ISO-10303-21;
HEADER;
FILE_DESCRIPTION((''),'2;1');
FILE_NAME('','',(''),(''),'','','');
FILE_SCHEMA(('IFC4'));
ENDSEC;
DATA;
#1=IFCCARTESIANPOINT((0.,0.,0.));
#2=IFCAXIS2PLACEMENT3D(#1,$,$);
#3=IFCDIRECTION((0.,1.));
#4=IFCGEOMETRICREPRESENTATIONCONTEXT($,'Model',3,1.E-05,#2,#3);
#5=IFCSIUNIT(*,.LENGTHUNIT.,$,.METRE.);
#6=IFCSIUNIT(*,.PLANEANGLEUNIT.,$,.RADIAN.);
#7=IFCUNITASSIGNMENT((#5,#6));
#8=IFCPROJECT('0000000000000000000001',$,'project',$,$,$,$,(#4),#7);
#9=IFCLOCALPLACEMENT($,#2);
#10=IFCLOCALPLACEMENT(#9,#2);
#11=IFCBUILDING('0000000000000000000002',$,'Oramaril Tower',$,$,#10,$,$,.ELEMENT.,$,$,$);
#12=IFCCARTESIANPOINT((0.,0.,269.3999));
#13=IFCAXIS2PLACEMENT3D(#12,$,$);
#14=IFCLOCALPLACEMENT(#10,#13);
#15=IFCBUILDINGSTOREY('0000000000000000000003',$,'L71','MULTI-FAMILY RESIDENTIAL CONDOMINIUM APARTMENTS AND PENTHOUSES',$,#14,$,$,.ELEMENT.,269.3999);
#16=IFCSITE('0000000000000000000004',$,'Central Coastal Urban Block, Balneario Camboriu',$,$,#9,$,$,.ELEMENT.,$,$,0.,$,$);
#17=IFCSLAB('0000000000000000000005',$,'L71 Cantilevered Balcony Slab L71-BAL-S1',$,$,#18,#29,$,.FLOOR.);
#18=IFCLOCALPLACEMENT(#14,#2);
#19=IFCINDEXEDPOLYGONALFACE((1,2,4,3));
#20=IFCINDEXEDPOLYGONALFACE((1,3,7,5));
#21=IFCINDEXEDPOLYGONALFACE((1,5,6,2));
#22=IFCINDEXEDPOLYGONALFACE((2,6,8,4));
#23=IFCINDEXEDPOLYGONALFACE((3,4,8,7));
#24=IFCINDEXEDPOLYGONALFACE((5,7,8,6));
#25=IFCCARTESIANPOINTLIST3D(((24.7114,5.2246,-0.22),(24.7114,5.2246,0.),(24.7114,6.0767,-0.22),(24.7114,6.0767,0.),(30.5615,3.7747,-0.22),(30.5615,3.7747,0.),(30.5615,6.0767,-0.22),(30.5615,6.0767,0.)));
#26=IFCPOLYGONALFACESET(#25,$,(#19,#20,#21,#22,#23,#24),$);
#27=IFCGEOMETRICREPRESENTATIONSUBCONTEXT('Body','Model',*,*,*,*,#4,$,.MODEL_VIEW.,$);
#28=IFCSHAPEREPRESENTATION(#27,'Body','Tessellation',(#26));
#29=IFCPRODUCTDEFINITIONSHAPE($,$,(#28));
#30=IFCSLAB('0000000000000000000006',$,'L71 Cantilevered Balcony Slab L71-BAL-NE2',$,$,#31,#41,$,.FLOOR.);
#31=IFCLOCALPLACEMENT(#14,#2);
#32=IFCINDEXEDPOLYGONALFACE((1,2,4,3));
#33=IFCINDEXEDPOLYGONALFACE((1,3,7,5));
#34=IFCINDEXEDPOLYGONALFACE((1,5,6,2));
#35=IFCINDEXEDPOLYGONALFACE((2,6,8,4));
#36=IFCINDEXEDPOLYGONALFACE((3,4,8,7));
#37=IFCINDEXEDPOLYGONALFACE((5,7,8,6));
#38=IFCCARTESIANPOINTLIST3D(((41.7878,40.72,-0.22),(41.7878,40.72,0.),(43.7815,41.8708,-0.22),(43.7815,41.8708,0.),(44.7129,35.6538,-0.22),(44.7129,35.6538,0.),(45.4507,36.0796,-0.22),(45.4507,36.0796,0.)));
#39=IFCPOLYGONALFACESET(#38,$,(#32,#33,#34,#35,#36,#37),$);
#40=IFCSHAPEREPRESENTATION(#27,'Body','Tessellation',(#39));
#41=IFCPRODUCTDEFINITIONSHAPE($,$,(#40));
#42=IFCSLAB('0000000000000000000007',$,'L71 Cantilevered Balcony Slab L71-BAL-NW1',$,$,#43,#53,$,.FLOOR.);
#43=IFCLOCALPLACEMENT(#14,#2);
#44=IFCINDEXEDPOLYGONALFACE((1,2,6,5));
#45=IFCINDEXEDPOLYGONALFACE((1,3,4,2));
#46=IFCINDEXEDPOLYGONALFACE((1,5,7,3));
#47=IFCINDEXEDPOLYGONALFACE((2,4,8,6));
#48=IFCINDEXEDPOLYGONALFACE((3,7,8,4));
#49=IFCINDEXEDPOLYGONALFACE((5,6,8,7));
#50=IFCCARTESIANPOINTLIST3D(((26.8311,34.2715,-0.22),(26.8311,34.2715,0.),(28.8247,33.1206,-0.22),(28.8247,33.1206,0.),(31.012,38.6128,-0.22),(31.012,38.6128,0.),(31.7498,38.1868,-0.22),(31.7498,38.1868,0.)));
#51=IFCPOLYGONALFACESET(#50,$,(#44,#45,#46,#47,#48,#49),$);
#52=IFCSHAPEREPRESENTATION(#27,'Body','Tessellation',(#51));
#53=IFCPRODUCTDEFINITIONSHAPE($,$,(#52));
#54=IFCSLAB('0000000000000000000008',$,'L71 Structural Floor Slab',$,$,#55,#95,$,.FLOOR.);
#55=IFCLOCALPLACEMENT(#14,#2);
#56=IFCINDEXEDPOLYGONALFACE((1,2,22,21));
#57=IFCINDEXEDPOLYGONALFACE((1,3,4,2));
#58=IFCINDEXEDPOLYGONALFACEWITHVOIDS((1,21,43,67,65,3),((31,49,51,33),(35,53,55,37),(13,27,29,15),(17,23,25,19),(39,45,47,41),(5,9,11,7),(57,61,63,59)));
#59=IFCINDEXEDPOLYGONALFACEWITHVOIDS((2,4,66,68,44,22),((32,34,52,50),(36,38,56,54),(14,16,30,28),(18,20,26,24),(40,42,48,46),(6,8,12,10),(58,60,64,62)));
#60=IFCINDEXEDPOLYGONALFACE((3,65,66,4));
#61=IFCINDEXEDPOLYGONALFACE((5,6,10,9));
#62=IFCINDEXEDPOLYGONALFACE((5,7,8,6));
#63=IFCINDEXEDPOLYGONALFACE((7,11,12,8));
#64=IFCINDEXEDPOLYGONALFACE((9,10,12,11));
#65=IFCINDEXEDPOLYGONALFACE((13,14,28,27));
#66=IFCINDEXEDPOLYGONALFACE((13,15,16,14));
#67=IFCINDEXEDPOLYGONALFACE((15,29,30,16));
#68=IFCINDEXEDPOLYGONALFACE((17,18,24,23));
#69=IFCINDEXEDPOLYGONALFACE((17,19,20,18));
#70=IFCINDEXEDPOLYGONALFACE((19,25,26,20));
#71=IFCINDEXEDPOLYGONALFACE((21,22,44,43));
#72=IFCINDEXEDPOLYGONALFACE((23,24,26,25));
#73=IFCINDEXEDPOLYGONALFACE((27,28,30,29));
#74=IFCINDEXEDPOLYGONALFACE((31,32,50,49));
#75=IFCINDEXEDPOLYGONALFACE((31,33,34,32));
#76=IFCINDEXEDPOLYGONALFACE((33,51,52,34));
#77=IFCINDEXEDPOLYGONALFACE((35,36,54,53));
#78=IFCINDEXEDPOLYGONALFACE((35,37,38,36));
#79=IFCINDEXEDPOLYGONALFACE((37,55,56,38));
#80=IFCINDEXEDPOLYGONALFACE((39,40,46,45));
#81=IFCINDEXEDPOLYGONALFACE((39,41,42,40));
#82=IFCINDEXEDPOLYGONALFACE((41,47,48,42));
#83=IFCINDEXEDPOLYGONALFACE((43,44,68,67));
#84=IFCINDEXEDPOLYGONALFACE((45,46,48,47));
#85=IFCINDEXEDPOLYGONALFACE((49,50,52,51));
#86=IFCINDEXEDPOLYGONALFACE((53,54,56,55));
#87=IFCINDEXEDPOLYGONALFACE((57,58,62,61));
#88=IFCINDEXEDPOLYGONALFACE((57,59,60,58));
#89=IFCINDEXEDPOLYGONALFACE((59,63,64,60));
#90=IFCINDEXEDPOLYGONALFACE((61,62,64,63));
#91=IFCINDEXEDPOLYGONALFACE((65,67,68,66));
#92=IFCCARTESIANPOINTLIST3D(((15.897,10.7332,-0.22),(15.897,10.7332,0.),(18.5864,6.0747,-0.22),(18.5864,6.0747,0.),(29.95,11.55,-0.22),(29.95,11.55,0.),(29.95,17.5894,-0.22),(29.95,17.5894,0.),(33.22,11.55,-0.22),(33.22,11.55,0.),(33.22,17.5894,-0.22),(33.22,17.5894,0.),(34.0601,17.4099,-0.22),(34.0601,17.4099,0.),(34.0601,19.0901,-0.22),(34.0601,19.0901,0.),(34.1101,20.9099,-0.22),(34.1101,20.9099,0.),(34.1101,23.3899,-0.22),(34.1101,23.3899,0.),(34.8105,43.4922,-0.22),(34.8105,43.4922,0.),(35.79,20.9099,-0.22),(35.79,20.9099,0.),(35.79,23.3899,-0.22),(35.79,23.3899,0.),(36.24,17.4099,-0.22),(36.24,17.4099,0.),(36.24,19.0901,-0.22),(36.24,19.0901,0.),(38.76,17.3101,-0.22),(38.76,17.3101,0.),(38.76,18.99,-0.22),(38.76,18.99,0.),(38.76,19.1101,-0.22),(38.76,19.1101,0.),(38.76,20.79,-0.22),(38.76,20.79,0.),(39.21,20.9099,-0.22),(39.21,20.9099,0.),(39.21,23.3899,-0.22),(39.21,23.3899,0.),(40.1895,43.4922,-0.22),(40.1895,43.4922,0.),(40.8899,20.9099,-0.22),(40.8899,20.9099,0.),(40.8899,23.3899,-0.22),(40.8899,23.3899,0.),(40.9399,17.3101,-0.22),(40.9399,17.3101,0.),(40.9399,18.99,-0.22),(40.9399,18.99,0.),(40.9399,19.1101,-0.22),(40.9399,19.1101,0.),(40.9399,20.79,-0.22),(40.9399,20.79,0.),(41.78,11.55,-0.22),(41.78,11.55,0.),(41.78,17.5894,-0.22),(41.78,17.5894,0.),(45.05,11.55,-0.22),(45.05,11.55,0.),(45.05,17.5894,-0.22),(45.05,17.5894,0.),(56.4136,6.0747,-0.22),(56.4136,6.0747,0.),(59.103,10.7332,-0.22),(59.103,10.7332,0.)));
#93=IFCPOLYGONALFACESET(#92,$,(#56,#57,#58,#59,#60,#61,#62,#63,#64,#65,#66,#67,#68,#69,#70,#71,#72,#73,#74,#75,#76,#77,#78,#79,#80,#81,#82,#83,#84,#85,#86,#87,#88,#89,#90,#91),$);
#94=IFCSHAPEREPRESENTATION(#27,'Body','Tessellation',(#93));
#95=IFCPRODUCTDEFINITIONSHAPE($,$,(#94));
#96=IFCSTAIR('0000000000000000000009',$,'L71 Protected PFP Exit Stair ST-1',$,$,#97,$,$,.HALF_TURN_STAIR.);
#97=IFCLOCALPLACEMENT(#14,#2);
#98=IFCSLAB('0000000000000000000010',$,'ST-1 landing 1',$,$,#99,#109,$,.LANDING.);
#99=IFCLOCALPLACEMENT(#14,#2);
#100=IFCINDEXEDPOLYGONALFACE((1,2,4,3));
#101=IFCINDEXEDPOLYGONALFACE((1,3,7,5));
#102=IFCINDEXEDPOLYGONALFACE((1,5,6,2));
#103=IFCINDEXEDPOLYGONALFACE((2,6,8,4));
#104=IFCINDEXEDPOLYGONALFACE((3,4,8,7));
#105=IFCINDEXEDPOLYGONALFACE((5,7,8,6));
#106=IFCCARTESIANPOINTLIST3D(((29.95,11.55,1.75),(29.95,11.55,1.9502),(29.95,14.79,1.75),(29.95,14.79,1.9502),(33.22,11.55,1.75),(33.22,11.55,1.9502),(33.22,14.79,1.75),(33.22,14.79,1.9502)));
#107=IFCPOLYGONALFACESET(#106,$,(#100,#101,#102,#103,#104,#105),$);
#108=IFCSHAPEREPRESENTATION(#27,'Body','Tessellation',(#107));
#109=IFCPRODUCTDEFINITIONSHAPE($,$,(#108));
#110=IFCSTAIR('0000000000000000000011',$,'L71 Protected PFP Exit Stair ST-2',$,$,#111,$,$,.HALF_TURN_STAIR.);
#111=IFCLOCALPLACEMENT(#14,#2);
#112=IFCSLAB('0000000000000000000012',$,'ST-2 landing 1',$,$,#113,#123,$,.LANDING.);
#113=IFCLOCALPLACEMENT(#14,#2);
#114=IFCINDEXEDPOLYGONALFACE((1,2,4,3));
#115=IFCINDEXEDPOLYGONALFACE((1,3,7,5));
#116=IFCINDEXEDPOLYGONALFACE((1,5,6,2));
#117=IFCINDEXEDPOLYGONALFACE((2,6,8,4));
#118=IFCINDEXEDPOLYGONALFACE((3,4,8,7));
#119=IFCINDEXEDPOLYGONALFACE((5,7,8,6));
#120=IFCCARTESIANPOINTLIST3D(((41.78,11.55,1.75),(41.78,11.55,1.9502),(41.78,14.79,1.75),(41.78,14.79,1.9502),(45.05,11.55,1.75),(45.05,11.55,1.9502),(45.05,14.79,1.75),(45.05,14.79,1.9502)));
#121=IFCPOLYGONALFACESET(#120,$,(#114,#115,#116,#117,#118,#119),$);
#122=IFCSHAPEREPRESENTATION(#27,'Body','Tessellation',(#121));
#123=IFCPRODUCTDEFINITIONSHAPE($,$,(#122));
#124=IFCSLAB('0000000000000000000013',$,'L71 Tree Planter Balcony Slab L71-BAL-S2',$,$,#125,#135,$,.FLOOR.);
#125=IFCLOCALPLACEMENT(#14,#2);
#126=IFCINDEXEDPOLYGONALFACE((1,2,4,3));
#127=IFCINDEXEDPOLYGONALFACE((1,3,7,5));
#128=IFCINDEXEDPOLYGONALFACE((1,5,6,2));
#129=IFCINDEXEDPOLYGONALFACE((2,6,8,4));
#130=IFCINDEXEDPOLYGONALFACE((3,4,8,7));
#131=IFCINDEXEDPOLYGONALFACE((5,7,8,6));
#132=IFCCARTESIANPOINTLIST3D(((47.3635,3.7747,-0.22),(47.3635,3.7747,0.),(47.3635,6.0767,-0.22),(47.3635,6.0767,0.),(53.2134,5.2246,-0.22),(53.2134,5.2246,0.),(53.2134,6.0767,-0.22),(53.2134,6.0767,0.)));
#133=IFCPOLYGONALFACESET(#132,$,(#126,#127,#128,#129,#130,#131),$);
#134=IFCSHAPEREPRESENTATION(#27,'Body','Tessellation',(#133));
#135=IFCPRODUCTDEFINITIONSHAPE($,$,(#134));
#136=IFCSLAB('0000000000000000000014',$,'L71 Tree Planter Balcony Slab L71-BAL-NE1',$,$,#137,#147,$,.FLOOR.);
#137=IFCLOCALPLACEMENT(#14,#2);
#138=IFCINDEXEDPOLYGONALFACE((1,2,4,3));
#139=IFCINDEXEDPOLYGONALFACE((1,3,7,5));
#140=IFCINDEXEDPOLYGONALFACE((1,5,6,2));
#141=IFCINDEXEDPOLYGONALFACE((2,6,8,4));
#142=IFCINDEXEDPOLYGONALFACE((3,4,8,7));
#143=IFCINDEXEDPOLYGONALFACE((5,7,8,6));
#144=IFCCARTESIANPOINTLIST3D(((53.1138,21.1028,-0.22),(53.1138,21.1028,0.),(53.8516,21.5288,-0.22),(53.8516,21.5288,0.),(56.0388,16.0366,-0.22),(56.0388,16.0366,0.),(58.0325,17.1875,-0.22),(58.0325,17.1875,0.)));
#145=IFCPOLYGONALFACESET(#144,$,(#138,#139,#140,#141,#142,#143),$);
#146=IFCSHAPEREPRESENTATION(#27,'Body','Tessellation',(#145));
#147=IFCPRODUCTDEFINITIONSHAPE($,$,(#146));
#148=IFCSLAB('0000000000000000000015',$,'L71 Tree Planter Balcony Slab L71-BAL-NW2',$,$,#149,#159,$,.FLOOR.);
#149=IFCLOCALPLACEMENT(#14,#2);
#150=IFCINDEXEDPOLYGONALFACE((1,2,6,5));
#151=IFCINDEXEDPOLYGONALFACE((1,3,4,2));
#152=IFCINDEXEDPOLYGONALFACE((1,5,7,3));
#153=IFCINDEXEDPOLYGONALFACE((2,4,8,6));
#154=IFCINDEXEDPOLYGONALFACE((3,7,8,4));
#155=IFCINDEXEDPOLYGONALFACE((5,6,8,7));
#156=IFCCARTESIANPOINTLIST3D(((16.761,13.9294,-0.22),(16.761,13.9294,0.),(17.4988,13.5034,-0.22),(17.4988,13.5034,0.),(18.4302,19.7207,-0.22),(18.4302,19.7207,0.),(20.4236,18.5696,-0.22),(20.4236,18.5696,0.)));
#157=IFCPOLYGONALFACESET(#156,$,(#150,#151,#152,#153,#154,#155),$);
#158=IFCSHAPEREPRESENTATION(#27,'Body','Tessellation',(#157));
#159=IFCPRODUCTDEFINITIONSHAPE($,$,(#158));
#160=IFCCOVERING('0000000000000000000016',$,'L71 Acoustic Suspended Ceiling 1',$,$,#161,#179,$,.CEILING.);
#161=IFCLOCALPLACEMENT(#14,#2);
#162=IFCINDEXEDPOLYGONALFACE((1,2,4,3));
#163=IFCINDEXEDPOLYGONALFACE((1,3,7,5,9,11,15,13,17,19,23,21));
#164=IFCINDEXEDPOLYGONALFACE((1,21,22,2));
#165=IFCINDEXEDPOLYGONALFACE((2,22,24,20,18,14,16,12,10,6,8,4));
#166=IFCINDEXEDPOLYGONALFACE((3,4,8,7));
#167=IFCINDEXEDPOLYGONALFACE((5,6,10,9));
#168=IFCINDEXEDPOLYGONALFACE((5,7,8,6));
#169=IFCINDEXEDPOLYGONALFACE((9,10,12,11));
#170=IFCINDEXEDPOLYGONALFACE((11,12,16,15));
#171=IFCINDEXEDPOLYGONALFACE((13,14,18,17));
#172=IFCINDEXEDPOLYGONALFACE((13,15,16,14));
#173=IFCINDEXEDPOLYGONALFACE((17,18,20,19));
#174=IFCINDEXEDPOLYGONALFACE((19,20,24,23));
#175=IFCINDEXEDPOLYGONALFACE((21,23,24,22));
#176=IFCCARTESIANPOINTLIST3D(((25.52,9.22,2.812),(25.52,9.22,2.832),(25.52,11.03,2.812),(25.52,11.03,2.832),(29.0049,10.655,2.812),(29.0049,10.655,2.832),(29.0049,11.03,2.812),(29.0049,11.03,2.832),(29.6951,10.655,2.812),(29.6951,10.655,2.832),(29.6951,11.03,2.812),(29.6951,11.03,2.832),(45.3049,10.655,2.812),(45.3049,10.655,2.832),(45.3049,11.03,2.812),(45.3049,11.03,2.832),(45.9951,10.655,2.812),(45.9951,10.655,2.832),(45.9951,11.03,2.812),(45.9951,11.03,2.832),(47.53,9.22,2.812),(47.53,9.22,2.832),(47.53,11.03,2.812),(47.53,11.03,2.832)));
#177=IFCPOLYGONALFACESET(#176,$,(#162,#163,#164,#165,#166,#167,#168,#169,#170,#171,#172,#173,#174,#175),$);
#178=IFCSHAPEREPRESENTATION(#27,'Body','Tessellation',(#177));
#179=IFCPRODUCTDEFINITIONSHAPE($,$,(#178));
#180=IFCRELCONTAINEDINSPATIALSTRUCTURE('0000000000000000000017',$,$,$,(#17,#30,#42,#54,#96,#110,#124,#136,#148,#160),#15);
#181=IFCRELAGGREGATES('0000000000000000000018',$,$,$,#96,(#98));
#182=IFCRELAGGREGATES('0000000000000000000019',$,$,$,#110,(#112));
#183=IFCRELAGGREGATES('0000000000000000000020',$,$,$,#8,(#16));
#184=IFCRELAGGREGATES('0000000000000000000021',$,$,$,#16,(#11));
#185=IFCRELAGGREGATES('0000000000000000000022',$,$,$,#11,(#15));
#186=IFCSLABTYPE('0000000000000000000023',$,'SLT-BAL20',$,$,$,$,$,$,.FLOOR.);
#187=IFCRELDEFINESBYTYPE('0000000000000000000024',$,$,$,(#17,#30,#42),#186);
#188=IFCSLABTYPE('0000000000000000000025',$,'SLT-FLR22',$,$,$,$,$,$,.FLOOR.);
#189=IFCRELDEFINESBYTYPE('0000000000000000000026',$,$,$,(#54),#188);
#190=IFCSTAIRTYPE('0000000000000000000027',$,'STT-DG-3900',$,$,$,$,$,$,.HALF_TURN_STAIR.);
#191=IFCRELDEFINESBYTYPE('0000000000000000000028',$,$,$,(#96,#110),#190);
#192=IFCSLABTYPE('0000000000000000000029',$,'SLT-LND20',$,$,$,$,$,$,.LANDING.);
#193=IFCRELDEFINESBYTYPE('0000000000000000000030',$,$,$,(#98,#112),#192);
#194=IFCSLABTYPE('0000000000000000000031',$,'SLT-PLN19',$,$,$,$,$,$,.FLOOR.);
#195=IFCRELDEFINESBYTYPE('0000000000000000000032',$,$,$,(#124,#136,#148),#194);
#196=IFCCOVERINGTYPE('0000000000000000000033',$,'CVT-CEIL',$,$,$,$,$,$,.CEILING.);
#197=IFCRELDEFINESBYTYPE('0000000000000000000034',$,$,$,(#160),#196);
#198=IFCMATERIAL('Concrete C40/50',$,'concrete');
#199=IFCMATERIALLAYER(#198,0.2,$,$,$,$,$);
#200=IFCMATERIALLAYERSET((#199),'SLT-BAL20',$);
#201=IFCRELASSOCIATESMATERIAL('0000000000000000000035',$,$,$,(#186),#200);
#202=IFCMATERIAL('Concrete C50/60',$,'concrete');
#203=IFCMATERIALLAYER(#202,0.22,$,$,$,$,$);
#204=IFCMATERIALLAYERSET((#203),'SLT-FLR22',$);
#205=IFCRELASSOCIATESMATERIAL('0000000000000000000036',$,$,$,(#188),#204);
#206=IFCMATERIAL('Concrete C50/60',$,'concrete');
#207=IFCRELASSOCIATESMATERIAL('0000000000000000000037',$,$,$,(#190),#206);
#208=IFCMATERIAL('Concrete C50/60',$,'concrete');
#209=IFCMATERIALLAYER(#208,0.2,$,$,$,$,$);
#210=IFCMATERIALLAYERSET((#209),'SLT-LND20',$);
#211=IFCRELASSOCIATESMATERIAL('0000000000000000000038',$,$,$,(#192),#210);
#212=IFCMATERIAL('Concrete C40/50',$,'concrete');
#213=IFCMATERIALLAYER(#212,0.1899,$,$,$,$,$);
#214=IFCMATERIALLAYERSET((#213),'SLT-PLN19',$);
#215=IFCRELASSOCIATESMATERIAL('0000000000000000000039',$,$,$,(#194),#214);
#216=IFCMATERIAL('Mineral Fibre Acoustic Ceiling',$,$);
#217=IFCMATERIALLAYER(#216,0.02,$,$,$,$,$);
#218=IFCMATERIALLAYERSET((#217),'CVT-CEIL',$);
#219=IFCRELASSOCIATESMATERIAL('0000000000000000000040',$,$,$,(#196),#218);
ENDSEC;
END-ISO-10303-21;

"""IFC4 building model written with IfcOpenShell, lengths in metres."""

from ifc_helpers import new_model, si_unit, direction, frame, origin, place, context, subcontext, project, spatial, polyline, outline, extrude, material, layer, layer_set, type_object, element, aggregate, save


model = new_model("IFC4")

# Units and contexts
model_context = context("Model", 3, precision=1e-05, world=origin(), true_north=direction((0.0, 1.0)))
body_context = subcontext(model_context, "Body", "Model", "MODEL_VIEW")
ifc_project = project(units=[si_unit("LENGTHUNIT", "METRE"), si_unit("PLANEANGLEUNIT", "RADIAN")], contexts=[model_context])

# Site, building, storey
site_placement = place(None, origin())
site = spatial("IfcSite", under=ifc_project, at=site_placement, Name="Central Coastal Urban Block, Balneario Camboriu", CompositionType="ELEMENT", RefElevation=0.0)
building_placement = place(site_placement, origin())
building = spatial("IfcBuilding", under=site, at=building_placement, Name="Oramaril Tower", CompositionType="ELEMENT")
storey_placement = place(building_placement, frame((0.0, 0.0, 269.3999)))
storey = spatial("IfcBuildingStorey", under=building, at=storey_placement, Name="L71", Description="MULTI-FAMILY RESIDENTIAL CONDOMINIUM APARTMENTS AND PENTHOUSES", CompositionType="ELEMENT", Elevation=269.3999)

# Slabs
ifc_material_1 = material(Name="Concrete C40/50", Category="concrete")
ifc_layer_1 = layer(ifc_material_1, 0.2)
ifc_layer_set_1 = layer_set([ifc_layer_1], Name="SLT-BAL20")
slab_type_1 = type_object("IfcSlabType", Name="SLT-BAL20", PredefinedType="FLOOR", material=ifc_layer_set_1)
slab_1_placement = place(storey_placement, frame((0.0, 0.0, -0.22)))
element("IfcSlab", 1, at=slab_1_placement, inside=storey, type_object=slab_type_1, Name="L71 Cantilevered Balcony Slab L71-BAL-S1", PredefinedType="FLOOR", context=body_context, shape_type="SweptSolid", body=[
    extrude(outline(polyline([(24.7114, 6.0767), (30.5615, 6.0767), (30.5615, 3.7747), (24.7114, 5.2246), (24.7114, 6.0767)])), origin(), (0.0, 0.0, 1.0), 0.22),
])
slab_2_placement = place(storey_placement, frame((0.0, 0.0, -0.22)))
element("IfcSlab", 2, at=slab_2_placement, inside=storey, type_object=slab_type_1, Name="L71 Cantilevered Balcony Slab L71-BAL-NE2", PredefinedType="FLOOR", context=body_context, shape_type="SweptSolid", body=[
    extrude(outline(polyline([(44.7129, 35.6538), (41.7878, 40.72), (43.7815, 41.8708), (45.4507, 36.0796), (44.7129, 35.6538)])), origin(), (0.0, 0.0, 1.0), 0.22),
])
slab_3_placement = place(storey_placement, frame((0.0, 0.0, -0.22)))
element("IfcSlab", 3, at=slab_3_placement, inside=storey, type_object=slab_type_1, Name="L71 Cantilevered Balcony Slab L71-BAL-NW1", PredefinedType="FLOOR", context=body_context, shape_type="SweptSolid", body=[
    extrude(outline(polyline([(31.7498, 38.1868), (28.8247, 33.1206), (26.8311, 34.2715), (31.012, 38.6128), (31.7498, 38.1868)])), origin(), (0.0, 0.0, 1.0), 0.22),
])
ifc_material_2 = material(Name="Concrete C50/60", Category="concrete")
ifc_layer_2 = layer(ifc_material_2, 0.22)
ifc_layer_set_2 = layer_set([ifc_layer_2], Name="SLT-FLR22")
slab_type_2 = type_object("IfcSlabType", Name="SLT-FLR22", PredefinedType="FLOOR", material=ifc_layer_set_2)
slab_4_placement = place(storey_placement, frame((0.0, 0.0, -0.22)))
element("IfcSlab", 4, at=slab_4_placement, inside=storey, type_object=slab_type_2, Name="L71 Structural Floor Slab", PredefinedType="FLOOR", context=body_context, shape_type="SweptSolid", body=[
    extrude(outline(polyline([(15.897, 10.7332), (18.5864, 6.0747), (56.4136, 6.0747), (59.103, 10.7332), (40.1895, 43.4922), (34.8105, 43.4922), (15.897, 10.7332)]), holes=[polyline([(29.95, 17.5894), (29.95, 11.55), (33.22, 11.55), (33.22, 17.5894), (29.95, 17.5894)]), polyline([(41.78, 17.5894), (41.78, 11.55), (45.05, 11.55), (45.05, 17.5894), (41.78, 17.5894)]), polyline([(34.1101, 20.9099), (35.79, 20.9099), (35.79, 23.3899), (34.1101, 23.3899), (34.1101, 20.9099)]), polyline([(39.21, 20.9099), (40.8899, 20.9099), (40.8899, 23.3899), (39.21, 23.3899), (39.21, 20.9099)]), polyline([(34.0601, 17.4099), (36.24, 17.4099), (36.24, 19.0901), (34.0601, 19.0901), (34.0601, 17.4099)]), polyline([(38.76, 17.3101), (40.9399, 17.3101), (40.9399, 18.99), (38.76, 18.99), (38.76, 17.3101)]), polyline([(38.76, 19.1101), (40.9399, 19.1101), (40.9399, 20.79), (38.76, 20.79), (38.76, 19.1101)])]), origin(), (0.0, 0.0, 1.0), 0.22),
])

# Stairs, slabs
ifc_material_3 = material(Name="Concrete C50/60", Category="concrete")
stair_type = type_object("IfcStairType", Name="STT-DG-3900", PredefinedType="HALF_TURN_STAIR", material=ifc_material_3)
stair_1_placement = place(storey_placement, origin())
stair_1 = element("IfcStair", 5, at=stair_1_placement, inside=storey, type_object=stair_type, Name="L71 Protected PFP Exit Stair ST-1", PredefinedType="HALF_TURN_STAIR")
ifc_material_4 = material(Name="Concrete C50/60", Category="concrete")
ifc_layer_3 = layer(ifc_material_4, 0.2)
ifc_layer_set_3 = layer_set([ifc_layer_3], Name="SLT-LND20")
slab_type_3 = type_object("IfcSlabType", Name="SLT-LND20", PredefinedType="LANDING", material=ifc_layer_set_3)
slab_5_placement = place(storey_placement, frame((0.0, 0.0, 1.75)))
slab_5 = element("IfcSlab", 6, at=slab_5_placement, type_object=slab_type_3, Name="ST-1 landing 1", PredefinedType="LANDING", context=body_context, shape_type="SweptSolid", body=[
    extrude(outline(polyline([(29.95, 14.79), (29.95, 11.55), (33.22, 11.55), (33.22, 14.79), (29.95, 14.79)])), origin(), (0.0, 0.0, 1.0), 0.2002),
])
aggregate(stair_1, [slab_5])
stair_2_placement = place(storey_placement, origin())
stair_2 = element("IfcStair", 7, at=stair_2_placement, inside=storey, type_object=stair_type, Name="L71 Protected PFP Exit Stair ST-2", PredefinedType="HALF_TURN_STAIR")
slab_6_placement = place(storey_placement, frame((0.0, 0.0, 1.75)))
slab_6 = element("IfcSlab", 8, at=slab_6_placement, type_object=slab_type_3, Name="ST-2 landing 1", PredefinedType="LANDING", context=body_context, shape_type="SweptSolid", body=[
    extrude(outline(polyline([(41.78, 14.79), (41.78, 11.55), (45.05, 11.55), (45.05, 14.79), (41.78, 14.79)])), origin(), (0.0, 0.0, 1.0), 0.2002),
])
aggregate(stair_2, [slab_6])

# Slabs
ifc_material_5 = material(Name="Concrete C40/50", Category="concrete")
ifc_layer_4 = layer(ifc_material_5, 0.1899)
ifc_layer_set_4 = layer_set([ifc_layer_4], Name="SLT-PLN19")
slab_type_4 = type_object("IfcSlabType", Name="SLT-PLN19", PredefinedType="FLOOR", material=ifc_layer_set_4)
slab_7_placement = place(storey_placement, frame((0.0, 0.0, -0.22)))
element("IfcSlab", 9, at=slab_7_placement, inside=storey, type_object=slab_type_4, Name="L71 Tree Planter Balcony Slab L71-BAL-S2", PredefinedType="FLOOR", context=body_context, shape_type="SweptSolid", body=[
    extrude(outline(polyline([(47.3635, 6.0767), (53.2134, 6.0767), (53.2134, 5.2246), (47.3635, 3.7747), (47.3635, 6.0767)])), origin(), (0.0, 0.0, 1.0), 0.22),
])
slab_8_placement = place(storey_placement, frame((0.0, 0.0, -0.22)))
element("IfcSlab", 10, at=slab_8_placement, inside=storey, type_object=slab_type_4, Name="L71 Tree Planter Balcony Slab L71-BAL-NE1", PredefinedType="FLOOR", context=body_context, shape_type="SweptSolid", body=[
    extrude(outline(polyline([(56.0388, 16.0366), (53.1138, 21.1028), (53.8516, 21.5288), (58.0325, 17.1875), (56.0388, 16.0366)])), origin(), (0.0, 0.0, 1.0), 0.22),
])
slab_9_placement = place(storey_placement, frame((0.0, 0.0, -0.22)))
element("IfcSlab", 11, at=slab_9_placement, inside=storey, type_object=slab_type_4, Name="L71 Tree Planter Balcony Slab L71-BAL-NW2", PredefinedType="FLOOR", context=body_context, shape_type="SweptSolid", body=[
    extrude(outline(polyline([(20.4236, 18.5696), (17.4988, 13.5034), (16.761, 13.9294), (18.4302, 19.7207), (20.4236, 18.5696)])), origin(), (0.0, 0.0, 1.0), 0.22),
])

# Covering
ifc_material_6 = material(Name="Mineral Fibre Acoustic Ceiling")
ifc_layer_5 = layer(ifc_material_6, 0.02)
ifc_layer_set_5 = layer_set([ifc_layer_5], Name="CVT-CEIL")
covering_type_1 = type_object("IfcCoveringType", Name="CVT-CEIL", PredefinedType="CEILING", material=ifc_layer_set_5)
covering_1_placement = place(storey_placement, frame((0.0, 0.0, 2.812)))
element("IfcCovering", 12, at=covering_1_placement, inside=storey, type_object=covering_type_1, Name="L71 Acoustic Suspended Ceiling 1", PredefinedType="CEILING", context=body_context, shape_type="SweptSolid", body=[
    extrude(outline(polyline([(29.0049, 10.655), (29.6951, 10.655), (29.6951, 11.03), (45.3049, 11.03), (45.3049, 10.655), (45.9951, 10.655), (45.9951, 11.03), (47.53, 11.03), (47.53, 9.22), (25.52, 9.22), (25.52, 11.03), (29.0049, 11.03), (29.0049, 10.655)])), origin(), (0.0, 0.0, 1.0), 0.02),
])

save(model, "model.ifc")
